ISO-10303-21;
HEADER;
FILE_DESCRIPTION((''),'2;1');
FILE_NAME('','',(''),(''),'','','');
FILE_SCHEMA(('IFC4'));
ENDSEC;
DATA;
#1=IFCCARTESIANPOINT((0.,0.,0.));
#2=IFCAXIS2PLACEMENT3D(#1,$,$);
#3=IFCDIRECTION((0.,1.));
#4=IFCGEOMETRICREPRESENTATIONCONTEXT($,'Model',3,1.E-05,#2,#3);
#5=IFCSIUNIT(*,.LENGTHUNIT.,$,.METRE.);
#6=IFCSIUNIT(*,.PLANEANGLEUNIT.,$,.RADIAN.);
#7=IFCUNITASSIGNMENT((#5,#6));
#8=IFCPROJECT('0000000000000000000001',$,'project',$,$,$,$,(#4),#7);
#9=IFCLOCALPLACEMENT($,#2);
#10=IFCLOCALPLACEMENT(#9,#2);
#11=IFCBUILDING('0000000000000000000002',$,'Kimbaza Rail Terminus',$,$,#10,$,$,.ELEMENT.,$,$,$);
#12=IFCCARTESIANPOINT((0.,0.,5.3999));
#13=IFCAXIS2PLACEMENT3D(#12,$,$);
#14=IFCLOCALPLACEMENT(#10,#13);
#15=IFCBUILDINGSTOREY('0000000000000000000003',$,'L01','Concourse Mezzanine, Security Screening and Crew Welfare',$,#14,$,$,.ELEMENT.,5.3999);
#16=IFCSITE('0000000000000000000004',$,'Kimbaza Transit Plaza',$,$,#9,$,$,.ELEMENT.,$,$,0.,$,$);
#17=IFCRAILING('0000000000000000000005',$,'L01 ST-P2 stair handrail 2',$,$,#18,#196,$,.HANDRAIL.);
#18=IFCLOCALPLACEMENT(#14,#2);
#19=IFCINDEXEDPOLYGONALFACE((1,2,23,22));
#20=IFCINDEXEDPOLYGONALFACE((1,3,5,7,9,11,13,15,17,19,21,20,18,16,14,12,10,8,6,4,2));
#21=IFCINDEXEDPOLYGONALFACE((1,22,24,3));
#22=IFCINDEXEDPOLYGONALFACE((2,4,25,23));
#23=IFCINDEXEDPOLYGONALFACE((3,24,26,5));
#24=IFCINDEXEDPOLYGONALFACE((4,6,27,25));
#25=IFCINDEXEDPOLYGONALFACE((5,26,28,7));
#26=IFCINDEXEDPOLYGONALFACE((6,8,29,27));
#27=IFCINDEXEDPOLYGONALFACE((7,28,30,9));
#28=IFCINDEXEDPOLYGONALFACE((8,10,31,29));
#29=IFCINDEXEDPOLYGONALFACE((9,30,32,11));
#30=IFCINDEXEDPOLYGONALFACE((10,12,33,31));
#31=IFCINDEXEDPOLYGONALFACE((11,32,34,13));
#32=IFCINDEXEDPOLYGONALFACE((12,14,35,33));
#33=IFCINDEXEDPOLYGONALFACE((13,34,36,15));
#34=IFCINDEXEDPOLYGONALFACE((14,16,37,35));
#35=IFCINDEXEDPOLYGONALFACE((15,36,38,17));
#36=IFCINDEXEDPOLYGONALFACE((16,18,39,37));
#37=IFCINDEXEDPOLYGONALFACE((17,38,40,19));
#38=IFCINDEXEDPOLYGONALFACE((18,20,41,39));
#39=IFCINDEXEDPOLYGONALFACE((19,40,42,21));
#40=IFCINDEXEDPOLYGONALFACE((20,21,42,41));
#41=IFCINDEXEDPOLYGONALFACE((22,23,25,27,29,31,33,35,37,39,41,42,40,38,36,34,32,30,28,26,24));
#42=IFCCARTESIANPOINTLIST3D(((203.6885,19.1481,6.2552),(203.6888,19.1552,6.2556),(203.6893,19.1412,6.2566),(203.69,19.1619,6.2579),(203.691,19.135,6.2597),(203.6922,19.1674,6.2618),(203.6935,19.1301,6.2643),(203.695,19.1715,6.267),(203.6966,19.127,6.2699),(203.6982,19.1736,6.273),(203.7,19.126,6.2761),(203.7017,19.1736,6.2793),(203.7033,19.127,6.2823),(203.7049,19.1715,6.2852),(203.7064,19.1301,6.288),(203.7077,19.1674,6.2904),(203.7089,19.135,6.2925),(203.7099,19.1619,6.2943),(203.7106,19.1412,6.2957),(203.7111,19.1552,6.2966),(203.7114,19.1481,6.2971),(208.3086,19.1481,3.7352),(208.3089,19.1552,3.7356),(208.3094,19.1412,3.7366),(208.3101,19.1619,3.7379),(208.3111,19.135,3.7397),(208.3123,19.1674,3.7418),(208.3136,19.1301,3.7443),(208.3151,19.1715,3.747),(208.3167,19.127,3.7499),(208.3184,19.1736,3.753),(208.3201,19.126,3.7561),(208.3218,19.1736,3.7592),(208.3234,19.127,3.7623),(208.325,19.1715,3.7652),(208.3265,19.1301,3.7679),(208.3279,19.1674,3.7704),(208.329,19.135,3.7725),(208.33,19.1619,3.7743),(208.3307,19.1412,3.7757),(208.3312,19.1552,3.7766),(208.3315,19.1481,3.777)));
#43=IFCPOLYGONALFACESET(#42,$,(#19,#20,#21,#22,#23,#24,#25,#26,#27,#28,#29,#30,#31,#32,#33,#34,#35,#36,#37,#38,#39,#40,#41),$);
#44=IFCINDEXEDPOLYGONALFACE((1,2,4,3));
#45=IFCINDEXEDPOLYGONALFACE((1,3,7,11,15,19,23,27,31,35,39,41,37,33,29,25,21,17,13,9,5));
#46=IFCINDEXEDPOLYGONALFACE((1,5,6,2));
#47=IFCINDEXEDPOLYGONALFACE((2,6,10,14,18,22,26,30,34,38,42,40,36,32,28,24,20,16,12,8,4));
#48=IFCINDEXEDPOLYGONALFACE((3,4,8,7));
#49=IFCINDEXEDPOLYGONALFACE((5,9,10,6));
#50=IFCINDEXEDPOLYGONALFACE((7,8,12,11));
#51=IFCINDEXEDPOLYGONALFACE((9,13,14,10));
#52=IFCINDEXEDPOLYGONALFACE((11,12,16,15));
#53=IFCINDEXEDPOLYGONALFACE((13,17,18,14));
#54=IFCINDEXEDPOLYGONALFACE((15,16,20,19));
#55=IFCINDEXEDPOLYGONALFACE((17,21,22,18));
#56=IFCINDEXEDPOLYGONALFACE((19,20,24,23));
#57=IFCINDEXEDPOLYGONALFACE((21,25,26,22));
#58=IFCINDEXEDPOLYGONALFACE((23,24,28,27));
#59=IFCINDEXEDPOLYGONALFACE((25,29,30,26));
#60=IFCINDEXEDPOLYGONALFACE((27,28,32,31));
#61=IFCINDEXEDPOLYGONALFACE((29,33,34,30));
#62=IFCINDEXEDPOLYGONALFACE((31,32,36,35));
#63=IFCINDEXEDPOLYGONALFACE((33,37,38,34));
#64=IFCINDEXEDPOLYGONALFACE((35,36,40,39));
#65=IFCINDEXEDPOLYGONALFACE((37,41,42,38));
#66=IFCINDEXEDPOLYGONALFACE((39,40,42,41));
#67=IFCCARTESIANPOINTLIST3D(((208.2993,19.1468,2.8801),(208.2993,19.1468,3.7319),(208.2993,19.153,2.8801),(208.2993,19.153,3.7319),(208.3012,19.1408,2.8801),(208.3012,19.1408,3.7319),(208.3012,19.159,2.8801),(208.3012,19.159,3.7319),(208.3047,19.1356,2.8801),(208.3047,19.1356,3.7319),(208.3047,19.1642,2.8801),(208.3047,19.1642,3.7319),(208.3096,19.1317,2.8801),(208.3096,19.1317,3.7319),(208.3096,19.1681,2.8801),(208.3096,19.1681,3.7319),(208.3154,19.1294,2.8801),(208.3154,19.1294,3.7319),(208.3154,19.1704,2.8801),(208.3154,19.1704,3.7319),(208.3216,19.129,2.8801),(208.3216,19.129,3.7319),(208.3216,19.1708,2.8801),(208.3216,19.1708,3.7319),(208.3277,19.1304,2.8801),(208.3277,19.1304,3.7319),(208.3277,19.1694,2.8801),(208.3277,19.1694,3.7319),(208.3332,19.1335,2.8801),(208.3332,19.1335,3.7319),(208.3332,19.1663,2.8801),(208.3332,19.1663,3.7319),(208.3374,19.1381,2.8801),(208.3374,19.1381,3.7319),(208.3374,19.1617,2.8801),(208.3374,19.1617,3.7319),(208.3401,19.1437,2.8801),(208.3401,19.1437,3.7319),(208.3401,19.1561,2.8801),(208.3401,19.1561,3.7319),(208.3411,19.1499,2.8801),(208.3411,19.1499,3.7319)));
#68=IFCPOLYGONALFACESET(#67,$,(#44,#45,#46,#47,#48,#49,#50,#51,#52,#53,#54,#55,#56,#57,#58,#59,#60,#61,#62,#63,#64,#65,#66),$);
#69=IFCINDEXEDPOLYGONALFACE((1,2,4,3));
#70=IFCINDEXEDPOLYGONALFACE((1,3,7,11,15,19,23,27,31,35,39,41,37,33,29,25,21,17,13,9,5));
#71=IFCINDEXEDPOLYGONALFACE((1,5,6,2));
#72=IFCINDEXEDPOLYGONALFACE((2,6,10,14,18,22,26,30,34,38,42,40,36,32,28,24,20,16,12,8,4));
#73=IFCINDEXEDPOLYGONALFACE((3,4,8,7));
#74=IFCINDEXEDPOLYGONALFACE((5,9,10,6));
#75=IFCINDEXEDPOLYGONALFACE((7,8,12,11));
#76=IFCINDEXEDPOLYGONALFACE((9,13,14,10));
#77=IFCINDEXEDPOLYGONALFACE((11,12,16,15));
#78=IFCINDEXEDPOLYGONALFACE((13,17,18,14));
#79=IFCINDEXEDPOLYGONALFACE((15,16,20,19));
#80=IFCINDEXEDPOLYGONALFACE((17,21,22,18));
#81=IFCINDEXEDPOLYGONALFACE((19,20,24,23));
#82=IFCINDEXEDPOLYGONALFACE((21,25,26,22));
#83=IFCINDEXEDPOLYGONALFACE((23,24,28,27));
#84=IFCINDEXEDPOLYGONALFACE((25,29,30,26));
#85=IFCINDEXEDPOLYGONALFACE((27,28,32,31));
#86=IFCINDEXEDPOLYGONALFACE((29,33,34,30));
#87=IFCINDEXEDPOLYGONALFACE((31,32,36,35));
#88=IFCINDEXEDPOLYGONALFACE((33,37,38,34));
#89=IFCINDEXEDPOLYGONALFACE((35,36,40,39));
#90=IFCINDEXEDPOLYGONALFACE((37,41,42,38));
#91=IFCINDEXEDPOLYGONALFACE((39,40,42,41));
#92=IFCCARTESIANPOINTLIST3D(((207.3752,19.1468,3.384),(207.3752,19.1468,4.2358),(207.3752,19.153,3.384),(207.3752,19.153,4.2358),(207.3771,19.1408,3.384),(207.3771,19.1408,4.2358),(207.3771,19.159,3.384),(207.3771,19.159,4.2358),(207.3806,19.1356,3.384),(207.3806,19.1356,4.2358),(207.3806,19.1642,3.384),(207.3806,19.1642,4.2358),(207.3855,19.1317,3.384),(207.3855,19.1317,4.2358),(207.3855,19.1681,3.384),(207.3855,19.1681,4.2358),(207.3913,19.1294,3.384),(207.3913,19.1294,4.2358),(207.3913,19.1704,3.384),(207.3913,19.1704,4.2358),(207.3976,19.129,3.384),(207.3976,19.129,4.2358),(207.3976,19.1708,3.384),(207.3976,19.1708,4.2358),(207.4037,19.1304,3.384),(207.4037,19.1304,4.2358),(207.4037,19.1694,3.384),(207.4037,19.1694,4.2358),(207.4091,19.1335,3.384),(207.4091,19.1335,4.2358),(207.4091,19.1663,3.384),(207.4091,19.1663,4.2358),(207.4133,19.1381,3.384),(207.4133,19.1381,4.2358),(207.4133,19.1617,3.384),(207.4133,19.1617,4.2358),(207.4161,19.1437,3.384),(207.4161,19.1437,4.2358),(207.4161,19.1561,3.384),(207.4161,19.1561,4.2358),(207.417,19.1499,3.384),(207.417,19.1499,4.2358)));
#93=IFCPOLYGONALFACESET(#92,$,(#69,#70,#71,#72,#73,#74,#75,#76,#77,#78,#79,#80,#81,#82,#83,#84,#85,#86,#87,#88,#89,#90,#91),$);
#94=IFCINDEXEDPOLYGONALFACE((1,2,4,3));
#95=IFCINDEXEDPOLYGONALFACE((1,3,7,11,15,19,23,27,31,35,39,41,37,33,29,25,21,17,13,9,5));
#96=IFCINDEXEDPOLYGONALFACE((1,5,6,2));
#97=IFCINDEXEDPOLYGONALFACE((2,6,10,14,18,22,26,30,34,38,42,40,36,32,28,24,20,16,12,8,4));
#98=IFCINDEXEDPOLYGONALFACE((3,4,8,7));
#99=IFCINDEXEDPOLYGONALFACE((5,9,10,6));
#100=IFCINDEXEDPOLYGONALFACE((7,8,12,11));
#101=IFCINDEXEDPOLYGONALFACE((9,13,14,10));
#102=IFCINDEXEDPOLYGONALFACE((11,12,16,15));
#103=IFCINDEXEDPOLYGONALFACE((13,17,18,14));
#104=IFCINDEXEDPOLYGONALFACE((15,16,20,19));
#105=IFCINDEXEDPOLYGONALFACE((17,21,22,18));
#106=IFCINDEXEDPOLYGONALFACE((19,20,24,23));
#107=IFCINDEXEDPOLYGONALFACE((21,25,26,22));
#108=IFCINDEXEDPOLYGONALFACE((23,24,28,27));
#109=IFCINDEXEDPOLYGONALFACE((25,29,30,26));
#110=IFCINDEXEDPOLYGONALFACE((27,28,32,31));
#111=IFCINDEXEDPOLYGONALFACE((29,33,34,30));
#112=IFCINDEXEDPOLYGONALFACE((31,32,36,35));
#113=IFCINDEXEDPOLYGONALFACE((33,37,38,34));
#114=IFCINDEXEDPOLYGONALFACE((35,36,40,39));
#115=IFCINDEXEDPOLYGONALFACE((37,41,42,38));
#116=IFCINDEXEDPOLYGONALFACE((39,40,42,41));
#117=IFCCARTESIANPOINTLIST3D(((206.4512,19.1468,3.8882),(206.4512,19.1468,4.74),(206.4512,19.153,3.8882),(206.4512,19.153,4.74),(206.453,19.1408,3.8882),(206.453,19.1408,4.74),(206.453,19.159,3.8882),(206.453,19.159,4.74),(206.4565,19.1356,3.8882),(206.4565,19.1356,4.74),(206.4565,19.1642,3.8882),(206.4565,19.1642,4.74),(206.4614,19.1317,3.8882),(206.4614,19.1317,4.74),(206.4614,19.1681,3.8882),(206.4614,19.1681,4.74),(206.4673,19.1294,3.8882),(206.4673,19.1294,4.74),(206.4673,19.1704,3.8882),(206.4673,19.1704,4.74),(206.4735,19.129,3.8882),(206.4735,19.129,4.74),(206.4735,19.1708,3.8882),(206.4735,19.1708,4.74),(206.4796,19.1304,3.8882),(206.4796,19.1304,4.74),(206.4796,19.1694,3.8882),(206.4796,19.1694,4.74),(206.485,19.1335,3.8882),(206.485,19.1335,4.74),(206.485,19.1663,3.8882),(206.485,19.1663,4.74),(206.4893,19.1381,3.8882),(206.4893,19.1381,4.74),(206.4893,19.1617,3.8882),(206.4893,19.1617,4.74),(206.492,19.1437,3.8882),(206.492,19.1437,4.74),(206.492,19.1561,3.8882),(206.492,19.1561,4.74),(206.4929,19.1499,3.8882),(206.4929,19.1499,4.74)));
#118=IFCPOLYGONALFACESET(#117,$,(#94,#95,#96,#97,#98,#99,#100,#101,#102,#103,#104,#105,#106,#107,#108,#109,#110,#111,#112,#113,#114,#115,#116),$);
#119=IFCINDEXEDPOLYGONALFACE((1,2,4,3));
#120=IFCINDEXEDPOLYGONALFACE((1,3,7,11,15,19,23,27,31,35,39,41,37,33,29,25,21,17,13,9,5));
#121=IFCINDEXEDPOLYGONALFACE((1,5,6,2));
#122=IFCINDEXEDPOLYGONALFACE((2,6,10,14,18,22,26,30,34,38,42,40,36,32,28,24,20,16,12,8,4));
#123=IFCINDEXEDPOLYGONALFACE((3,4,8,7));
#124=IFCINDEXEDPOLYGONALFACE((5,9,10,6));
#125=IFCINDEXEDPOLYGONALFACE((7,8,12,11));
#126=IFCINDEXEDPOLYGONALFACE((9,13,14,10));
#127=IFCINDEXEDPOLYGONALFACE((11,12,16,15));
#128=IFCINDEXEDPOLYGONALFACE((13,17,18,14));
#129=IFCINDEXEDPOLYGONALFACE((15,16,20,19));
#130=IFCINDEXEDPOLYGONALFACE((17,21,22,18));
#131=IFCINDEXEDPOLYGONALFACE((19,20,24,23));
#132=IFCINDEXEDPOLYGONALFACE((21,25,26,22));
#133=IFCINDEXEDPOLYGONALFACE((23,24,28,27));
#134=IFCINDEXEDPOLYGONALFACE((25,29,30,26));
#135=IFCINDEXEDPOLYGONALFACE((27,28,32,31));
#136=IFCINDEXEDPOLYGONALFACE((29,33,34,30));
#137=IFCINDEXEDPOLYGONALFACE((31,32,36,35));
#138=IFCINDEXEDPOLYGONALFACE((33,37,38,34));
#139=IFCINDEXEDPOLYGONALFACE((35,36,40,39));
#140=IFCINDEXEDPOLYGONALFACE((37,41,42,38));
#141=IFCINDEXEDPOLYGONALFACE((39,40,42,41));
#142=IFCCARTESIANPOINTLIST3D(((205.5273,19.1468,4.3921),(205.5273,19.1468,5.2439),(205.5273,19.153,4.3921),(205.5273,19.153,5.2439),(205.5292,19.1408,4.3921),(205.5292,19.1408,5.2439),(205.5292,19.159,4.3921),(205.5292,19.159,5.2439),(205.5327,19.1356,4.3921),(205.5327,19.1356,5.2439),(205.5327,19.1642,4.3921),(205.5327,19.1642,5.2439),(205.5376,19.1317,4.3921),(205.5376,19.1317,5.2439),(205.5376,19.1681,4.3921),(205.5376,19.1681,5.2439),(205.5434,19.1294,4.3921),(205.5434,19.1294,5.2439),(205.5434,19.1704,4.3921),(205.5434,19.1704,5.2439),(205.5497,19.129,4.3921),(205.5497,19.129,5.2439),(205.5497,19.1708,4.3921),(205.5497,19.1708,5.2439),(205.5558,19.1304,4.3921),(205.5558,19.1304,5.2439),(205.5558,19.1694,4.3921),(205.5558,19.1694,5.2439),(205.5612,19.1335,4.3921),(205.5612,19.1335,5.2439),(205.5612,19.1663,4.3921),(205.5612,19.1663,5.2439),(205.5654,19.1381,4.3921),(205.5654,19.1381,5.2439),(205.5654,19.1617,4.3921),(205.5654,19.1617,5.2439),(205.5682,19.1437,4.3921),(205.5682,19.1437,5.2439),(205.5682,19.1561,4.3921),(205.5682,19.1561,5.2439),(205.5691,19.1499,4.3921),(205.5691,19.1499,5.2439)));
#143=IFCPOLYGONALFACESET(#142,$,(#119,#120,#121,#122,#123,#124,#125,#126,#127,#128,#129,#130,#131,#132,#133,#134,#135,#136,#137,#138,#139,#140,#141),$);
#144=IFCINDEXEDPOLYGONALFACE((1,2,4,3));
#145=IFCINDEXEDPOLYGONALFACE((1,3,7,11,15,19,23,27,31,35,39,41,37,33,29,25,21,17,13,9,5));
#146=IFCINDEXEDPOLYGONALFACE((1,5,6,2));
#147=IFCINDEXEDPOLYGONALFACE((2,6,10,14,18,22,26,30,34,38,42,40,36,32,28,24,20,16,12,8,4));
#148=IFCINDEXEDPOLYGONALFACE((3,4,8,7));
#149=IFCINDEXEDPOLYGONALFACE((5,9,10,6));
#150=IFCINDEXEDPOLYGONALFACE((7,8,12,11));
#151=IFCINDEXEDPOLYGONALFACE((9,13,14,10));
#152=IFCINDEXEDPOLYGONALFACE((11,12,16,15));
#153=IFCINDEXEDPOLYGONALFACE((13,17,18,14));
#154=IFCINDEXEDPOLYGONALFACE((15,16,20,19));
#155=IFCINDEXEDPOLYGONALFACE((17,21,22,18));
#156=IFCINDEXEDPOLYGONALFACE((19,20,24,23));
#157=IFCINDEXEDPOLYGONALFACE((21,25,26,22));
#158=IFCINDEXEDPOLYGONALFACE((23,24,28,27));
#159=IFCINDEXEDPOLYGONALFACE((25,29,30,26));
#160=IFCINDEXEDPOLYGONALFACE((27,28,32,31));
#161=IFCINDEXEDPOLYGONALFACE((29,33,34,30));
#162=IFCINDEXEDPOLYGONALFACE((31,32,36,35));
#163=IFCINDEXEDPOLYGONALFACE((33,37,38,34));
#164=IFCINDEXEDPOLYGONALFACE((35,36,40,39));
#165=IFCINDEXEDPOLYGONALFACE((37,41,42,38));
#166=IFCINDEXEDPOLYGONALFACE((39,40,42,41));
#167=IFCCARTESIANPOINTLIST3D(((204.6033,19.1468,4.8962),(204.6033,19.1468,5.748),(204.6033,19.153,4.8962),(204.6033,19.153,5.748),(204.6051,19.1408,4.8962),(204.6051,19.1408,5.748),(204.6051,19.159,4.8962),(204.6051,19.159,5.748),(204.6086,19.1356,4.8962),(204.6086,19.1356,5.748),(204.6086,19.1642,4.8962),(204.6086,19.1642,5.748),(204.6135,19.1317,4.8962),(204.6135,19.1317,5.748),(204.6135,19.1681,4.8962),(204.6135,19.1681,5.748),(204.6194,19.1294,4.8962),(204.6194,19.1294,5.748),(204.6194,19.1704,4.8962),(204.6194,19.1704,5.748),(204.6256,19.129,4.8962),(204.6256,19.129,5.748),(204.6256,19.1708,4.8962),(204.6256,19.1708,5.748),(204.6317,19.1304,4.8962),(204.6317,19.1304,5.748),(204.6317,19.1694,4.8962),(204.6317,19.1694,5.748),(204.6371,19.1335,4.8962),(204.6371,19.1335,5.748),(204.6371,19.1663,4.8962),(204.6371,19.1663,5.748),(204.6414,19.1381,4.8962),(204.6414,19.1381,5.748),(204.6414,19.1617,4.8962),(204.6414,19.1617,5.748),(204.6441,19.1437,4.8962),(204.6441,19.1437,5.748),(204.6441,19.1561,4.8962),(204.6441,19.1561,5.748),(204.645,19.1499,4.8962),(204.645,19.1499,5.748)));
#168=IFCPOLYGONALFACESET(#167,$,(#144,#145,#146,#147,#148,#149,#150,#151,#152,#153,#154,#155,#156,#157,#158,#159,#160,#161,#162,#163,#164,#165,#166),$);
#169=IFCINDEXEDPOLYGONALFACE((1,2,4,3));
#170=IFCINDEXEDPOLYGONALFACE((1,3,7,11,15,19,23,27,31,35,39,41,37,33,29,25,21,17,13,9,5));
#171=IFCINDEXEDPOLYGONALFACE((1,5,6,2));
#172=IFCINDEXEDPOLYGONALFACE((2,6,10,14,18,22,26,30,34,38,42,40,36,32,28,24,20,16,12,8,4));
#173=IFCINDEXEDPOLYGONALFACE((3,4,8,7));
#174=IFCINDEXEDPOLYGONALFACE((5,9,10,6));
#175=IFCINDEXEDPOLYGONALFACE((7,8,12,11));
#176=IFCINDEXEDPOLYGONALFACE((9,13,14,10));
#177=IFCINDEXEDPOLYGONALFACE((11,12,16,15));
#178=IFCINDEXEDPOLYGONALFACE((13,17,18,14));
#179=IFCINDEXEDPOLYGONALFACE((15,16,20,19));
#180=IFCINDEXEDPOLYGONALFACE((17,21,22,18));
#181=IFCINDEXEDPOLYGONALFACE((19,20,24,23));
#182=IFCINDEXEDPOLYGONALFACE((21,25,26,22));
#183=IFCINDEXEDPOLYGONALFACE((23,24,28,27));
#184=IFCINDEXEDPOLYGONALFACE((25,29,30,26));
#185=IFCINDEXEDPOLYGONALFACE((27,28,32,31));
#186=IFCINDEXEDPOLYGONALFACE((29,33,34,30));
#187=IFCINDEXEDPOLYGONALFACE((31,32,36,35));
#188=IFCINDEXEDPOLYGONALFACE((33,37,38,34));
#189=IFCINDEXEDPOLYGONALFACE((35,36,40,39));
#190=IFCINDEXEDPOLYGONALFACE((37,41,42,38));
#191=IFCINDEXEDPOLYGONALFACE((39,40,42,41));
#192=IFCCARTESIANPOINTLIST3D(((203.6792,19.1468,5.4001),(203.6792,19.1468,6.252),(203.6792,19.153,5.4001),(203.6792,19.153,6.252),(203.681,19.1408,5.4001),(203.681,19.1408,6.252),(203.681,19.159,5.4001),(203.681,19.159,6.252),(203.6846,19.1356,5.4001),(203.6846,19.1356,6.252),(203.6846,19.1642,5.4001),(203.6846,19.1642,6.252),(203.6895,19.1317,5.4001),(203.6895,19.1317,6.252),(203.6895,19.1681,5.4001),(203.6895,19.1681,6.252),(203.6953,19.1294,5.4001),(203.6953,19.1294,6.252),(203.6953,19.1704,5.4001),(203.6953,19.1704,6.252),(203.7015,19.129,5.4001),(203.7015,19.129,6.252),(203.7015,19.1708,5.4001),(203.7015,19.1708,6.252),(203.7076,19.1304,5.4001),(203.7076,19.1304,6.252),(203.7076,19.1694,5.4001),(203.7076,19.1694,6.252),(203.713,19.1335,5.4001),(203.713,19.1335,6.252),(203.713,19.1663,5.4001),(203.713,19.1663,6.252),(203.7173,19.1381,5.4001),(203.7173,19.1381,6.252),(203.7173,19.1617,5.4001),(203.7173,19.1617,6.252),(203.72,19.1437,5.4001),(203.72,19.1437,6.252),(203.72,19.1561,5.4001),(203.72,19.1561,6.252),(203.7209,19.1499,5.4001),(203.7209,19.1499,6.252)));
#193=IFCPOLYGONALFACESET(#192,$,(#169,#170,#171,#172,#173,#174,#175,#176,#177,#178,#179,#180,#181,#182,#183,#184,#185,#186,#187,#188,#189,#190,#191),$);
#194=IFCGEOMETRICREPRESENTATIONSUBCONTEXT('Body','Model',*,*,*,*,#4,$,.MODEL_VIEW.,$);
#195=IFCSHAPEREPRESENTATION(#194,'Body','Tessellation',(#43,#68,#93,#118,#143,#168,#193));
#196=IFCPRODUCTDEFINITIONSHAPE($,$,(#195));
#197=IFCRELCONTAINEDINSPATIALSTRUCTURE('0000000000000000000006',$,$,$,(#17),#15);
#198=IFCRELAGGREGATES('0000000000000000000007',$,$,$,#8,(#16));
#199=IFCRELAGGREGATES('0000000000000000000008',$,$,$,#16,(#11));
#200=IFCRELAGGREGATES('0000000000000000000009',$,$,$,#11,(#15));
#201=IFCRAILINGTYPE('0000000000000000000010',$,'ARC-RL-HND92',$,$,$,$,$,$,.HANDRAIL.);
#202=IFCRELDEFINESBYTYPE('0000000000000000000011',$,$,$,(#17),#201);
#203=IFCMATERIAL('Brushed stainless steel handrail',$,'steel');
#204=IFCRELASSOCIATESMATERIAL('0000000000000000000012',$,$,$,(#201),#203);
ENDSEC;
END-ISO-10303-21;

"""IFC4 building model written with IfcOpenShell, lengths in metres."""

from ifc_helpers import new_model, si_unit, direction, frame, origin, origin_2d, place, context, subcontext, project, spatial, circle, extrude, material, type_object, element, save


model = new_model("IFC4")

# Units and contexts
model_context = context("Model", 3, precision=1e-05, world=origin(), true_north=direction((0.0, 1.0)))
body_context = subcontext(model_context, "Body", "Model", "MODEL_VIEW")
ifc_project = project(units=[si_unit("LENGTHUNIT", "METRE"), si_unit("PLANEANGLEUNIT", "RADIAN")], contexts=[model_context])

# Site, building, storey
site_placement = place(None, origin())
site = spatial("IfcSite", under=ifc_project, at=site_placement, Name="Kimbaza Transit Plaza", CompositionType="ELEMENT", RefElevation=0.0)
building_placement = place(site_placement, origin())
building = spatial("IfcBuilding", under=site, at=building_placement, Name="Kimbaza Rail Terminus", CompositionType="ELEMENT")
storey_placement = place(building_placement, frame((0.0, 0.0, 5.3999)))
storey = spatial("IfcBuildingStorey", under=building, at=storey_placement, Name="L01", Description="Concourse Mezzanine, Security Screening and Crew Welfare", CompositionType="ELEMENT", Elevation=5.3999)

# Railing
ifc_material_1 = material(Name="Brushed stainless steel handrail", Category="steel")
railing_type_1 = type_object("IfcRailingType", Name="ARC-RL-HND92", PredefinedType="HANDRAIL", material=ifc_material_1)
railing_1_placement = place(storey_placement, frame((208.3201, 19.1499, 2.8801)))
element("IfcRailing", 1, at=railing_1_placement, inside=storey, type_object=railing_type_1, Name="L01 ST-P2 stair handrail 2", PredefinedType="HANDRAIL", context=body_context, shape_type="SweptSolid", body=[
    extrude(circle(Radius=0.0239, at=origin_2d()), frame((0.0, 0.0, 0.876), z_axis=(-0.877899, 0.0, 0.478846), x_axis=(0.0, -1.0, 0.0)), (0.0, 0.0, 1.0), 5.2627),
    extrude(circle(Radius=0.021, at=origin_2d()), origin(), (0.0, 0.0, 1.0), 0.8518),
    extrude(circle(Radius=0.021, at=origin_2d()), frame((-0.9241, 0.0, 0.5039)), (0.0, 0.0, 1.0), 0.8518),
    extrude(circle(Radius=0.021, at=origin_2d()), frame((-1.8481, 0.0, 1.0081)), (0.0, 0.0, 1.0), 0.8518),
    extrude(circle(Radius=0.021, at=origin_2d()), frame((-2.772, 0.0, 1.512)), (0.0, 0.0, 1.0), 0.8518),
    extrude(circle(Radius=0.021, at=origin_2d()), frame((-3.696, 0.0, 2.0161)), (0.0, 0.0, 1.0), 0.8518),
    extrude(circle(Radius=0.021, at=origin_2d()), frame((-4.6201, 0.0, 2.52)), (0.0, 0.0, 1.0), 0.8518),
])

save(model, "model.ifc")
